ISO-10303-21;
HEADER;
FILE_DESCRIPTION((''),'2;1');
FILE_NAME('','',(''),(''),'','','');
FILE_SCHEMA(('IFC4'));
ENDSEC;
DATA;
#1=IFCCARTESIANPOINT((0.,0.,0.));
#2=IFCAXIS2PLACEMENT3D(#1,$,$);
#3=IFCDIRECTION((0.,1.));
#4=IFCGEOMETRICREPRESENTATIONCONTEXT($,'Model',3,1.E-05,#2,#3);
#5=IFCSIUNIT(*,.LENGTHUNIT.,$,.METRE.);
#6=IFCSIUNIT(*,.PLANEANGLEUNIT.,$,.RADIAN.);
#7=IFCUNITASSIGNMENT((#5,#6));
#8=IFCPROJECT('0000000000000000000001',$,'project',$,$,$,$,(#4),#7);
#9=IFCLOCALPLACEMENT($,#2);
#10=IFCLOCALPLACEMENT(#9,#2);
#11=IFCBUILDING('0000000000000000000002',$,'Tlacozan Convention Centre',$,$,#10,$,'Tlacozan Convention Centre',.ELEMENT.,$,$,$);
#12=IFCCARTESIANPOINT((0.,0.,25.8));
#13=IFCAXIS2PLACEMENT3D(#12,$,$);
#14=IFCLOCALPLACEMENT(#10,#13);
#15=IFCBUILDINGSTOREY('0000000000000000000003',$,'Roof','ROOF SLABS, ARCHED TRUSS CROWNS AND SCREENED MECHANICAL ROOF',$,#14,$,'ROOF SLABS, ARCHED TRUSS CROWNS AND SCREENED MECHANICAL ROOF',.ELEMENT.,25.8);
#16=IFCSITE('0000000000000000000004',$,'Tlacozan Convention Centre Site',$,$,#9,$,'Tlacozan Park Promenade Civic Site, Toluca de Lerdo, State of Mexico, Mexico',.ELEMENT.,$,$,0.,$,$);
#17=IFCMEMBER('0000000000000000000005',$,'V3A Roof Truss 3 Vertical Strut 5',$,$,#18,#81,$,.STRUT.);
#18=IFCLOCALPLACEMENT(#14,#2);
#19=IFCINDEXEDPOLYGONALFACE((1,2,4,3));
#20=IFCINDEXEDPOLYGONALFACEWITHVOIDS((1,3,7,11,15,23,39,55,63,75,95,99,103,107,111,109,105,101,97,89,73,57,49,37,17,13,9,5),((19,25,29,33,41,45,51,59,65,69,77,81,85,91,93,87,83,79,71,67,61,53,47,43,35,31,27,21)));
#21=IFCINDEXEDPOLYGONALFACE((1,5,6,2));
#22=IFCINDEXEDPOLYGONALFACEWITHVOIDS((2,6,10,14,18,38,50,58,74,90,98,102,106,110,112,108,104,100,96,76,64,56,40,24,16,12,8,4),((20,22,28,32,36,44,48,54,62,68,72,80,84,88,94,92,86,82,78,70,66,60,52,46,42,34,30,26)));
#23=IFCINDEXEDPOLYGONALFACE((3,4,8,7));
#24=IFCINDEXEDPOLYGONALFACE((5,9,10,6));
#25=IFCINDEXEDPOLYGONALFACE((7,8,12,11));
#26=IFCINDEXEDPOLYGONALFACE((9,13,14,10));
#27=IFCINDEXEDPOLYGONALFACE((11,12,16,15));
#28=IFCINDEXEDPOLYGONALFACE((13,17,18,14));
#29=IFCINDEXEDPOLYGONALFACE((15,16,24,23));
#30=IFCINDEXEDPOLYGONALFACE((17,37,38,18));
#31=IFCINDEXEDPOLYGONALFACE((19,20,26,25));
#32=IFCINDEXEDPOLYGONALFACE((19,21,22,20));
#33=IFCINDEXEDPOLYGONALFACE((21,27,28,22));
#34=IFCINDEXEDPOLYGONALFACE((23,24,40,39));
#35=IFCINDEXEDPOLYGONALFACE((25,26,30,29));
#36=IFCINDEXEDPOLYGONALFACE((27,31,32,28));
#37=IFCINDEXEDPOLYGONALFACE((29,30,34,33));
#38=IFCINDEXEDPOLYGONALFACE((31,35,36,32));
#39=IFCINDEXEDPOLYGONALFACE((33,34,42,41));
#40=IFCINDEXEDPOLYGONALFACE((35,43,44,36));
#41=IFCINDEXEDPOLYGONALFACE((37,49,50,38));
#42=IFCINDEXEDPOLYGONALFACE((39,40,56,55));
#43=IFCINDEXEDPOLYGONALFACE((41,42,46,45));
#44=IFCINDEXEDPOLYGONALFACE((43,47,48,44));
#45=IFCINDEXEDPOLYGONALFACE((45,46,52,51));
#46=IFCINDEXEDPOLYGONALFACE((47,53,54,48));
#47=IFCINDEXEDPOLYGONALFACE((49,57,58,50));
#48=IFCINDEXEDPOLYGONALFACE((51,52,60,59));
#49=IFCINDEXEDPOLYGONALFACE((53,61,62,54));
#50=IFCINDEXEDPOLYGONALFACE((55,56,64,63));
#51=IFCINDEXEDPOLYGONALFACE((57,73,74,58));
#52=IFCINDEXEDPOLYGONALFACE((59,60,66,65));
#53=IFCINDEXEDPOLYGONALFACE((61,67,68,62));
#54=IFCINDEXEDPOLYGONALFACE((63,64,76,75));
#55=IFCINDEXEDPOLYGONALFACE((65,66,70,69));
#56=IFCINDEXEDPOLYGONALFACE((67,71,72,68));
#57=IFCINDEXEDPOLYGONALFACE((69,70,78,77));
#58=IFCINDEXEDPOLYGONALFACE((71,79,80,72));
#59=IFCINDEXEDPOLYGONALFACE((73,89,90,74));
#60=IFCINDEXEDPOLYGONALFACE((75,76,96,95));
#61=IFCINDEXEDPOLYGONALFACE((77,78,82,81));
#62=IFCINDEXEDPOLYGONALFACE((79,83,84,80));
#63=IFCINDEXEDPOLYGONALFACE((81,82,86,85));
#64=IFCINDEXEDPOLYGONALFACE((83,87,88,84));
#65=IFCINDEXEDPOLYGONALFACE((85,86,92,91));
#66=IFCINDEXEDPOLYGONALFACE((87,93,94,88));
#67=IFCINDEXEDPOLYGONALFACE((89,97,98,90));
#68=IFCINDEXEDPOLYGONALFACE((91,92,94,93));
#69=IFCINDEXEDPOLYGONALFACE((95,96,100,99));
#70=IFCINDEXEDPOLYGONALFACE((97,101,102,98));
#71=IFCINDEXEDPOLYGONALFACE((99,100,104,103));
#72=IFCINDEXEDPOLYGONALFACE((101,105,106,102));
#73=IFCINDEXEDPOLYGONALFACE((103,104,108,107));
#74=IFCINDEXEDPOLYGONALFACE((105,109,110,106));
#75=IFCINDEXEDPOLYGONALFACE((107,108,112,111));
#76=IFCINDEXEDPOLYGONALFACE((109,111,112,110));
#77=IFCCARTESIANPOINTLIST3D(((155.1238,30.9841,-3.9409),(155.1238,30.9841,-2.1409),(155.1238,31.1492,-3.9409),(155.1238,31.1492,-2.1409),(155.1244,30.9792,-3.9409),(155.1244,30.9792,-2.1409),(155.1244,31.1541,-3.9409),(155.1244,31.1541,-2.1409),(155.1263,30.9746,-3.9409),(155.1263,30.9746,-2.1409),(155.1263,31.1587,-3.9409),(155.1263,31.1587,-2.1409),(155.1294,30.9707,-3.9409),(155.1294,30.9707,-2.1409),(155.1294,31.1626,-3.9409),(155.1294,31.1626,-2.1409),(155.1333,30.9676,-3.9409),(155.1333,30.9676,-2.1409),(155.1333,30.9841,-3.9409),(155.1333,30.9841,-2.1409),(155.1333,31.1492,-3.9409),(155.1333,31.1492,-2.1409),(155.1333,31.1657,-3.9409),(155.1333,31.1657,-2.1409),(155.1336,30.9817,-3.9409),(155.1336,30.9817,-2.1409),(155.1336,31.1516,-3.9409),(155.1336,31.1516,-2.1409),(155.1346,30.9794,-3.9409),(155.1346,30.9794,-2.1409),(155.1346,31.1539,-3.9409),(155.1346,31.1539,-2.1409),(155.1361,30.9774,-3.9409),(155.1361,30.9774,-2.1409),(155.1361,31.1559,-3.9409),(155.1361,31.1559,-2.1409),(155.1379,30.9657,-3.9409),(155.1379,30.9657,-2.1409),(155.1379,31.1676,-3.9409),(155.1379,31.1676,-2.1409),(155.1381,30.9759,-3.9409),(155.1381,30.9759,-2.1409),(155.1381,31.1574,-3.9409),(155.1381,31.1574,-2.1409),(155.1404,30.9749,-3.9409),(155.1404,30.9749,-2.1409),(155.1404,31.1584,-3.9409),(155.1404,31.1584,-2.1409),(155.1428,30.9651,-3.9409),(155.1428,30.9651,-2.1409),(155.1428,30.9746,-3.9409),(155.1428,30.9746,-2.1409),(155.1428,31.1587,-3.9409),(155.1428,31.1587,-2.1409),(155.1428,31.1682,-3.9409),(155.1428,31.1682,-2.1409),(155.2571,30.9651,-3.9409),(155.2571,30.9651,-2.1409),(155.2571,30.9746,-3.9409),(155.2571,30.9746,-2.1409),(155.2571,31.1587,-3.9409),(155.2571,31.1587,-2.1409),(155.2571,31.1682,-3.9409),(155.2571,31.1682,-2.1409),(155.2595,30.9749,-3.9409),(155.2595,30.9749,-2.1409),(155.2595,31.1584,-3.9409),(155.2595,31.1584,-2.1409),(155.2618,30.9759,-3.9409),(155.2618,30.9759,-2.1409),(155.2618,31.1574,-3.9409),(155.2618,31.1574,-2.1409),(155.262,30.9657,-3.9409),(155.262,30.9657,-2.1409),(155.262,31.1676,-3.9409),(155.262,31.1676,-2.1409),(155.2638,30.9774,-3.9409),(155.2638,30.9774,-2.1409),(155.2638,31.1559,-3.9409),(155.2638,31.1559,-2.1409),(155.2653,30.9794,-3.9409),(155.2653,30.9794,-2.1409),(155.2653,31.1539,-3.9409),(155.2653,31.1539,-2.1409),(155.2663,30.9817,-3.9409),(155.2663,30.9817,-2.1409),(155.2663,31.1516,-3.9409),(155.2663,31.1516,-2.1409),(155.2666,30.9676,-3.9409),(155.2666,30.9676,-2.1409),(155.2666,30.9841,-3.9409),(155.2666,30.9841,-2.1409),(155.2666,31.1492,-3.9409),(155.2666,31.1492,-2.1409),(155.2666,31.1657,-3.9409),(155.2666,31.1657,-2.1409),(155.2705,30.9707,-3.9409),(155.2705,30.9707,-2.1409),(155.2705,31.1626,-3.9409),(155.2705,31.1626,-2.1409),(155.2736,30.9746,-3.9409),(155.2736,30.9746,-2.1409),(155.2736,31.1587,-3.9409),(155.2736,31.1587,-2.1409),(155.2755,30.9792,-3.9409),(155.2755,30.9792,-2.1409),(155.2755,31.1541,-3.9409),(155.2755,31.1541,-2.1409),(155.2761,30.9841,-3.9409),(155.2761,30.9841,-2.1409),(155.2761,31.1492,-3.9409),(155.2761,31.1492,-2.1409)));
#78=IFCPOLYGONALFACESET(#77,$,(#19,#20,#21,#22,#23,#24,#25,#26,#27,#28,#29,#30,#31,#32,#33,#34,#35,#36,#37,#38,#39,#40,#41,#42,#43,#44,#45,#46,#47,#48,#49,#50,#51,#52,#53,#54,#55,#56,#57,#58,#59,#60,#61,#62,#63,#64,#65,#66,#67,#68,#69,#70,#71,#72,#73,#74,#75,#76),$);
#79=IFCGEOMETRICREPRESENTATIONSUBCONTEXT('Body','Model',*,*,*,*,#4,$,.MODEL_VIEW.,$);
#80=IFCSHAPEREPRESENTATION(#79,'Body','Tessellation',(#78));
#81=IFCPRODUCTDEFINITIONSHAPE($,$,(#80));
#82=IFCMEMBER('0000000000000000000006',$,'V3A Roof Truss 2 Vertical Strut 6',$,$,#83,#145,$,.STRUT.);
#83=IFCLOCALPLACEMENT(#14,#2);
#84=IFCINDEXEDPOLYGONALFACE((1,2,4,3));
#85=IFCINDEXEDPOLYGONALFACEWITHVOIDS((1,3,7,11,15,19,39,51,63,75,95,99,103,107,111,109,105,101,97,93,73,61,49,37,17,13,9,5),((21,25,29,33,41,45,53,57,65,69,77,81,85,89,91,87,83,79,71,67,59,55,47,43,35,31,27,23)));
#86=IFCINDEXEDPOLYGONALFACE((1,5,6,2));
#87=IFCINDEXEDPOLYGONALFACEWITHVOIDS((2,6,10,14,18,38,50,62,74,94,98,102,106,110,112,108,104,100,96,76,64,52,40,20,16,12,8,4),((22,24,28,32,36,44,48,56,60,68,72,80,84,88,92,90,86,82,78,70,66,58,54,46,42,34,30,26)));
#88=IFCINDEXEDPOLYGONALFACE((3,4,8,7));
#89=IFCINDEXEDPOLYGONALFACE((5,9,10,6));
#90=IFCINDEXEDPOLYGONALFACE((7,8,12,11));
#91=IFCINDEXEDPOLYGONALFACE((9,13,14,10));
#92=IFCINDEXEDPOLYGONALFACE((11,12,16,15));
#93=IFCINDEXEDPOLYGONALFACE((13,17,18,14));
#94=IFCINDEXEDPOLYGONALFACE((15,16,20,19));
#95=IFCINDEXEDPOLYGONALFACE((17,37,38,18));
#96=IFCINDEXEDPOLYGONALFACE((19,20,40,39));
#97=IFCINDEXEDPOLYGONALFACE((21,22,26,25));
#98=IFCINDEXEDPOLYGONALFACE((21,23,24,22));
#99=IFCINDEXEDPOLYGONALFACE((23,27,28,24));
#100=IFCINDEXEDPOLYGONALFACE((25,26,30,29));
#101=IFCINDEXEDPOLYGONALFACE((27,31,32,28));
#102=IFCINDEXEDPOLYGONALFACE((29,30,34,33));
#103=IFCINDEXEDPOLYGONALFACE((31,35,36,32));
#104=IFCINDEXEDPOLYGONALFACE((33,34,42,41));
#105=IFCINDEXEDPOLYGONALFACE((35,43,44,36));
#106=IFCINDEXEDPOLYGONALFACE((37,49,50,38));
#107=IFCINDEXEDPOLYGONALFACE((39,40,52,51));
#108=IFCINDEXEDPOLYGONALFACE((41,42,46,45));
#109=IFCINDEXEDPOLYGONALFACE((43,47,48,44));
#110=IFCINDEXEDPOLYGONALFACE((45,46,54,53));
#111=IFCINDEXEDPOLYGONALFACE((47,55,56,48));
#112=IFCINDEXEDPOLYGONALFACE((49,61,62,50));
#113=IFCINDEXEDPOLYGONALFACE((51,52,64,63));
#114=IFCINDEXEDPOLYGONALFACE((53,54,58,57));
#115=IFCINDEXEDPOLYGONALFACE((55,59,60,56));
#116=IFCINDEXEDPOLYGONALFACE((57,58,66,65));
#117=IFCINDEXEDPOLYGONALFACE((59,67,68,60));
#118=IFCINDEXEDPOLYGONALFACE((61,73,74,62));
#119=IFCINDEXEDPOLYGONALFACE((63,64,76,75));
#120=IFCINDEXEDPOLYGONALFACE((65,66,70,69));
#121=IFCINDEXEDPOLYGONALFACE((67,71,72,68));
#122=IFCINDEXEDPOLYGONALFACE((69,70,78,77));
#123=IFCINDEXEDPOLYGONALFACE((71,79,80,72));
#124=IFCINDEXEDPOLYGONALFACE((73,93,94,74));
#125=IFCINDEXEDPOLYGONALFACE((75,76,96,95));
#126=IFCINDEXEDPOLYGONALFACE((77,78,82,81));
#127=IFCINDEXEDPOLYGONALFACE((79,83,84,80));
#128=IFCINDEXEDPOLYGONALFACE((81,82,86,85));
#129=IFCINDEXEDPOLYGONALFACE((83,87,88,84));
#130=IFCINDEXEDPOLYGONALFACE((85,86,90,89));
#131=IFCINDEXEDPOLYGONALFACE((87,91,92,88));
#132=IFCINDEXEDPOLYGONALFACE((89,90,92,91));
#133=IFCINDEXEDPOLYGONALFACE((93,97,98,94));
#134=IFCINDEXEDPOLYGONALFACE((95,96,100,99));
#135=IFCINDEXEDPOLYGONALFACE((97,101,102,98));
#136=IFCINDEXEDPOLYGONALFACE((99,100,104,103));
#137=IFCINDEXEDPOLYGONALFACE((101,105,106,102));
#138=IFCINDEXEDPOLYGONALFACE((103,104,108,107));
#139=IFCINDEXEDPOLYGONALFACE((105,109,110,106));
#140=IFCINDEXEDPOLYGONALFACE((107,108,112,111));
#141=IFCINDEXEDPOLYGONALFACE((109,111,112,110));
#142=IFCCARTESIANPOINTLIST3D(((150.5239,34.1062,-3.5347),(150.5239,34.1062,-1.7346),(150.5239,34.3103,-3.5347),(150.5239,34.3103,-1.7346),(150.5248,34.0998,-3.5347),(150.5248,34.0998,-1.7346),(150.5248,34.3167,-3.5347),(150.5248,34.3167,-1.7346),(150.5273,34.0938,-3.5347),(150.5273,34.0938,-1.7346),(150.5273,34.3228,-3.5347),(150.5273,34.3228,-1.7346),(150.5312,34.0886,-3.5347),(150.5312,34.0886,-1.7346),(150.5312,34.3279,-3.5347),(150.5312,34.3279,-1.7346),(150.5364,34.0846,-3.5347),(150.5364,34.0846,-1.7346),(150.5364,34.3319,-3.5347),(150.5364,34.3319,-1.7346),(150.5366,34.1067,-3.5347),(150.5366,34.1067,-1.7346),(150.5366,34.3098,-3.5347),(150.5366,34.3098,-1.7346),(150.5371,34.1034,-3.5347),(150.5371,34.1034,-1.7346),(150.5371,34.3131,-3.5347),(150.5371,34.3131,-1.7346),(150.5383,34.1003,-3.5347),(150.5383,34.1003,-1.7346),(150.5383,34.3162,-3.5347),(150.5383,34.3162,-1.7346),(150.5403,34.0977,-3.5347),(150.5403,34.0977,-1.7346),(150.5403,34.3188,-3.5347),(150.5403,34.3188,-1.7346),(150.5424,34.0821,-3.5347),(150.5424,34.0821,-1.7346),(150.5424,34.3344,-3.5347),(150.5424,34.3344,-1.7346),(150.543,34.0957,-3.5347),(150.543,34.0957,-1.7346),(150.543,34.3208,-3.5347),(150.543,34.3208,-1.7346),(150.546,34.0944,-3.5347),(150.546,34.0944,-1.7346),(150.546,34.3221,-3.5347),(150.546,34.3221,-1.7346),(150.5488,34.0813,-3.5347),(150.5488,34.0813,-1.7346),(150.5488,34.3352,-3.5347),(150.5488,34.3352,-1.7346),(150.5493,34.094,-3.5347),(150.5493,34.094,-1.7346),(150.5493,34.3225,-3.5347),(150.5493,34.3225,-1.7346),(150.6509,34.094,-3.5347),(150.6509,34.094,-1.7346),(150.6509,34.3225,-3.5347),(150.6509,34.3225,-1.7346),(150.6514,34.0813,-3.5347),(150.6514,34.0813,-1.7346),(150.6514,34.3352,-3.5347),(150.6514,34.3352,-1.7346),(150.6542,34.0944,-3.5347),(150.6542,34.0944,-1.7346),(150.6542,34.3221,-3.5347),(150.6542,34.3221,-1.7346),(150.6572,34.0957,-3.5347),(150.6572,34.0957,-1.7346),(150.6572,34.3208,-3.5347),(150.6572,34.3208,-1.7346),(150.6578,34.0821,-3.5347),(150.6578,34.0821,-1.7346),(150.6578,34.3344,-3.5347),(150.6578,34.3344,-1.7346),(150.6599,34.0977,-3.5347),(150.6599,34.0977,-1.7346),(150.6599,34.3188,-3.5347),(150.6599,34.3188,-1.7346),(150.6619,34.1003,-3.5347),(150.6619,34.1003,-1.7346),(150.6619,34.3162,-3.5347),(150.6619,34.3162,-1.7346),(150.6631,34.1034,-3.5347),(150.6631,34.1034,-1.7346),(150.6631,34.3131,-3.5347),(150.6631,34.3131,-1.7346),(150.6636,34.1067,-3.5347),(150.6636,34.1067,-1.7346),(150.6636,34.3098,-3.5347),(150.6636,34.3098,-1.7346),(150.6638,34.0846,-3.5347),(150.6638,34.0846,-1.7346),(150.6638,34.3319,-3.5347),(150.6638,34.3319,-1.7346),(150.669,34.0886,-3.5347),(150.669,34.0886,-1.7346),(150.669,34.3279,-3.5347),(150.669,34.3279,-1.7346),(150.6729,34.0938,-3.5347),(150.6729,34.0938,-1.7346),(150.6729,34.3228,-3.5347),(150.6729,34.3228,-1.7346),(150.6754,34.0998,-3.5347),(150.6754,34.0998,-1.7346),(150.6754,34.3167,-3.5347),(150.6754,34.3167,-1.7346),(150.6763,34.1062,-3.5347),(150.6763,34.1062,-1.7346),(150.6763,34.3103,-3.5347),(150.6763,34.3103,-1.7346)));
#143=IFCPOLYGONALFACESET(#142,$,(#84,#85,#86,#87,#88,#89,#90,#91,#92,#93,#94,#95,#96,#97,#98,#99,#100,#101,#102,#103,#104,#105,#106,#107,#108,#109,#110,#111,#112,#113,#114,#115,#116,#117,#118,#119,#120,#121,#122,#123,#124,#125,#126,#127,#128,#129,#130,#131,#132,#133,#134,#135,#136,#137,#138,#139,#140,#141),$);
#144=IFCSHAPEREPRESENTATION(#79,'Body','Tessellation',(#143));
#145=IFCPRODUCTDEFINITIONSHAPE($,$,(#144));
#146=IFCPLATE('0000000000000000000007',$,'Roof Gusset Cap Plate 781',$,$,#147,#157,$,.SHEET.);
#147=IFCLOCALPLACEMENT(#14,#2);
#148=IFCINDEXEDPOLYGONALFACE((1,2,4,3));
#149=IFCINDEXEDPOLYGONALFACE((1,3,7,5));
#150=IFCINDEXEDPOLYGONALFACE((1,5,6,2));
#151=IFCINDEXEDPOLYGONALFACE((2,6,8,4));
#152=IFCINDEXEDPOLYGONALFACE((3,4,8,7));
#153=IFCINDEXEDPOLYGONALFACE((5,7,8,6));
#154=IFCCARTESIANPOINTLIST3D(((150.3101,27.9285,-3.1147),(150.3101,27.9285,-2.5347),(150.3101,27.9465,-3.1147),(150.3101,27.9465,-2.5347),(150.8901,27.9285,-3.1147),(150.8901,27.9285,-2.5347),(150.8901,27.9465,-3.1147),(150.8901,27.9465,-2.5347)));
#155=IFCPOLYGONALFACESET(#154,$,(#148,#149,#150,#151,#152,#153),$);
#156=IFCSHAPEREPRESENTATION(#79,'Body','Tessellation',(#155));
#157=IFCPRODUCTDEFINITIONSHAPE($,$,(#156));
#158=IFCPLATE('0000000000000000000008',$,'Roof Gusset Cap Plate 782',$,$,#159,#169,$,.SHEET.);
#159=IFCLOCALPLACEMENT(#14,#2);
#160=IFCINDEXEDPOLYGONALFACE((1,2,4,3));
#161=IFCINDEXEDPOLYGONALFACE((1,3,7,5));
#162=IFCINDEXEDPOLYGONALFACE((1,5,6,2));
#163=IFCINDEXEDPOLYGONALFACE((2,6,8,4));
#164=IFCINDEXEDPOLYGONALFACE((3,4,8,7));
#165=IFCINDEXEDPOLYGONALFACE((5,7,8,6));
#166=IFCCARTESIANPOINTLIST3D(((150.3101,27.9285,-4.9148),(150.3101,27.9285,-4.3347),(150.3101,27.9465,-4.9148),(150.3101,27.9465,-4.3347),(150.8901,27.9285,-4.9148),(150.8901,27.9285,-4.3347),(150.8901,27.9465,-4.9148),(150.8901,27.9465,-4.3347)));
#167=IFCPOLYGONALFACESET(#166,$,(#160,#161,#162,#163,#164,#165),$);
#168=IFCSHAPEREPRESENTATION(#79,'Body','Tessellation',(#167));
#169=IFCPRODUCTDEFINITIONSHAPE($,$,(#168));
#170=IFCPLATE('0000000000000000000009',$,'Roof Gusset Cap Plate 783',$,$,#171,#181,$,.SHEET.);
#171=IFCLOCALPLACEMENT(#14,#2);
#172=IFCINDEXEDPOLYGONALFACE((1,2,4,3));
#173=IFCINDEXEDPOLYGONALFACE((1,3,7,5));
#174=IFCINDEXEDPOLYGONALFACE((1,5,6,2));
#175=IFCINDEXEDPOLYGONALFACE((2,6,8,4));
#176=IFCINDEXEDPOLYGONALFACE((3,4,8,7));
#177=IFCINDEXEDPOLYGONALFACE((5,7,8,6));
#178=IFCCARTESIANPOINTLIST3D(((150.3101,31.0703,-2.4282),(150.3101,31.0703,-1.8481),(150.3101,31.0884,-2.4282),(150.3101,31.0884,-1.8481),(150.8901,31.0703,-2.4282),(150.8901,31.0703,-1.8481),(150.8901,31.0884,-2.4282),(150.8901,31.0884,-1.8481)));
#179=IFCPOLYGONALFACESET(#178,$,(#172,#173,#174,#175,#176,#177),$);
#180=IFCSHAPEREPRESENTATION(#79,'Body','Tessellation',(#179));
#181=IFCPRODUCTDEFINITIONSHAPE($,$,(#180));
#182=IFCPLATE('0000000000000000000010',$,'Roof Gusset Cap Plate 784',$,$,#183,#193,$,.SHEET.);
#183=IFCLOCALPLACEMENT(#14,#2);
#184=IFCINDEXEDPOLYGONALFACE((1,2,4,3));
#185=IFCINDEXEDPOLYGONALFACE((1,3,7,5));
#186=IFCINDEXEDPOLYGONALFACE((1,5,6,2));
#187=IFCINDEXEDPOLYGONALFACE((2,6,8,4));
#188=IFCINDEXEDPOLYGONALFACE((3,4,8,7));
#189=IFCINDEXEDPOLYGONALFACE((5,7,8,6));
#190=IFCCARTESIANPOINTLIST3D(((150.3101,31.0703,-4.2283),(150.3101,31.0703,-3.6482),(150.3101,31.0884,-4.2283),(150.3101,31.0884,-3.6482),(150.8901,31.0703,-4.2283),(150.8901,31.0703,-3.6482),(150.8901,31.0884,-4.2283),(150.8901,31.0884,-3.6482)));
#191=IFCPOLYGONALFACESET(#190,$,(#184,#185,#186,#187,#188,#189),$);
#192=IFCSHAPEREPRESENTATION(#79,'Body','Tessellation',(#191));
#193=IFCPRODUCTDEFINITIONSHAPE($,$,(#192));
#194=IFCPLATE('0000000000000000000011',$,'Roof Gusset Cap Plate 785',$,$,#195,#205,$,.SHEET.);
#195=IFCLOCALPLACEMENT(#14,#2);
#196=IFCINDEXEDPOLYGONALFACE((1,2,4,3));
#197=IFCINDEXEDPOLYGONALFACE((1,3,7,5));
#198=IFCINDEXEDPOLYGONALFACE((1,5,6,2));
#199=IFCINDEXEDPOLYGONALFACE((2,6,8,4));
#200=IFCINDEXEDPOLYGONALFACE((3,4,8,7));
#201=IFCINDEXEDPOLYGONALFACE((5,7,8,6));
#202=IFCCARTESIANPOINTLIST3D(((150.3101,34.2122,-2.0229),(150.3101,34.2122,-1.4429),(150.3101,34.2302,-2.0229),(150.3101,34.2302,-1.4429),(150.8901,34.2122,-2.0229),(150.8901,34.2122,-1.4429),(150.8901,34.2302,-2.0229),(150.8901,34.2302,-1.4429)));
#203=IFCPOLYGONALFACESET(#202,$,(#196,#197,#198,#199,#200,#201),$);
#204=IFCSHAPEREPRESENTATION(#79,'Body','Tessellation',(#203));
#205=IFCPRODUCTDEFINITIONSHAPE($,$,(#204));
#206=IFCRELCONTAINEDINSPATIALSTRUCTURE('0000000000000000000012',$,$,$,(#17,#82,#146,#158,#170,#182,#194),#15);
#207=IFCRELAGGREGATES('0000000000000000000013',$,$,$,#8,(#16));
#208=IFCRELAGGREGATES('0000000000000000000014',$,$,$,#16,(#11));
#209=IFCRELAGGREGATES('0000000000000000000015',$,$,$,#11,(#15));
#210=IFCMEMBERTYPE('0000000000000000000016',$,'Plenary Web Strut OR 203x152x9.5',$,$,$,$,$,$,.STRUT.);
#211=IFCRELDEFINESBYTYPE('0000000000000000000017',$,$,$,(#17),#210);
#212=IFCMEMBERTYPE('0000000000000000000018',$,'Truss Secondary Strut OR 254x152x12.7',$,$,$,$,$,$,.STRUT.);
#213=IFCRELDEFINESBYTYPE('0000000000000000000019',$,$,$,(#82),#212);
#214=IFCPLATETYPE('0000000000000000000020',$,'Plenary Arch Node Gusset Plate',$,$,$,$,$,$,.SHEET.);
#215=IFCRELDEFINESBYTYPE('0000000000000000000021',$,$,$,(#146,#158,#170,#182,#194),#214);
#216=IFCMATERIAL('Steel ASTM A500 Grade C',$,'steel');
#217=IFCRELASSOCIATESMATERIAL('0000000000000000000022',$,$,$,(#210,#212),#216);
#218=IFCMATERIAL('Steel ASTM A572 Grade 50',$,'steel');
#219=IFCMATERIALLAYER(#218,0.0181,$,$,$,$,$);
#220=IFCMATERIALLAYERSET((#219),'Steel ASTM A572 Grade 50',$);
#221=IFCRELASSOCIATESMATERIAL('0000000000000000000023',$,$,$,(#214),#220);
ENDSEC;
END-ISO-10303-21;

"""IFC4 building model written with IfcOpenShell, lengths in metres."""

from ifc_helpers import new_model, si_unit, direction, frame, origin, origin_2d, place, context, subcontext, project, spatial, rectangle, hollow_rectangle, extrude, material, layer, layer_set, material_profile, profile_set, type_object, element, save


model = new_model("IFC4")

# Units and contexts
model_context = context("Model", 3, precision=1e-05, world=origin(), true_north=direction((0.0, 1.0)))
body_context = subcontext(model_context, "Body", "Model", "MODEL_VIEW")
ifc_project = project(units=[si_unit("LENGTHUNIT", "METRE"), si_unit("PLANEANGLEUNIT", "RADIAN")], contexts=[model_context])

# Site, building, storey
site_placement = place(None, origin())
site = spatial("IfcSite", under=ifc_project, at=site_placement, Name="Tlacozan Convention Centre Site", LongName="Tlacozan Park Promenade Civic Site, Toluca de Lerdo, State of Mexico, Mexico", CompositionType="ELEMENT", RefElevation=0.0)
building_placement = place(site_placement, origin())
building = spatial("IfcBuilding", under=site, at=building_placement, Name="Tlacozan Convention Centre", LongName="Tlacozan Convention Centre", CompositionType="ELEMENT")
storey_placement = place(building_placement, frame((0.0, 0.0, 25.8)))
storey = spatial("IfcBuildingStorey", under=building, at=storey_placement, Name="Roof", Description="ROOF SLABS, ARCHED TRUSS CROWNS AND SCREENED MECHANICAL ROOF", LongName="ROOF SLABS, ARCHED TRUSS CROWNS AND SCREENED MECHANICAL ROOF", CompositionType="ELEMENT", Elevation=25.8)

# Members
ifc_material_1 = material(Name="Steel ASTM A500 Grade C", Category="steel")
ifc_material_profile_1 = material_profile(ifc_material_1, hollow_rectangle(XDim=0.1523, YDim=0.2031, WallThickness=0.0095, InnerFilletRadius=0.0095, OuterFilletRadius=0.019, at=origin_2d()), Name="OR 203x152x9.5")
ifc_profile_set_1 = profile_set([ifc_material_profile_1], Name="Steel ASTM A500 Grade C")
member_type_1 = type_object("IfcMemberType", Name="Plenary Web Strut OR 203x152x9.5", PredefinedType="STRUT", material=ifc_profile_set_1)
for number, where, z_axis, x_axis, name in (
    (1, (155.2, 31.0667, -3.9409), (0.0, 0.0, 1.0), (1.0, 0.0, 0.0), "V3A Roof Truss 3 Vertical Strut 5"),
):
    element("IfcMember", number, at=place(storey_placement, frame(where, z_axis=z_axis, x_axis=x_axis)), inside=storey, type_object=member_type_1, Name=name, PredefinedType="STRUT", context=body_context, shape_type="SweptSolid", body=[
        extrude(hollow_rectangle(XDim=0.1523, YDim=0.2031, WallThickness=0.0095, InnerFilletRadius=0.0095, OuterFilletRadius=0.019, at=origin_2d()), origin(), (0.0, 0.0, 1.0), 1.8),
    ])
ifc_material_profile_2 = material_profile(ifc_material_1, hollow_rectangle(XDim=0.1523, YDim=0.2539, WallThickness=0.0127, InnerFilletRadius=0.0127, OuterFilletRadius=0.0249, at=origin_2d()), Name="OR 254x152x12.7")
ifc_profile_set_2 = profile_set([ifc_material_profile_2], Name="Steel ASTM A500 Grade C")
member_type_2 = type_object("IfcMemberType", Name="Truss Secondary Strut OR 254x152x12.7", PredefinedType="STRUT", material=ifc_profile_set_2)
member_1_placement = place(storey_placement, frame((150.6001, 34.2083, -3.5347), z_axis=(0.0, 0.0, 1.0), x_axis=(1.0, 0.0, 0.0)))
element("IfcMember", 2, at=member_1_placement, inside=storey, type_object=member_type_2, Name="V3A Roof Truss 2 Vertical Strut 6", PredefinedType="STRUT", context=body_context, shape_type="SweptSolid", body=[
    extrude(hollow_rectangle(XDim=0.1523, YDim=0.2539, WallThickness=0.0127, InnerFilletRadius=0.0127, OuterFilletRadius=0.0249, at=origin_2d()), origin(), (0.0, 0.0, 1.0), 1.8),
])

# Plates
ifc_material_2 = material(Name="Steel ASTM A572 Grade 50", Category="steel")
ifc_layer = layer(ifc_material_2, 0.0181)
ifc_layer_set = layer_set([ifc_layer], Name="Steel ASTM A572 Grade 50")
plate_type = type_object("IfcPlateType", Name="Plenary Arch Node Gusset Plate", PredefinedType="SHEET", material=ifc_layer_set)
for number, where, z_axis, x_axis, name in (
    (3, (150.6001, 27.9375, -3.1147), (0.0, 0.0, 1.0), (0.0, 1.0, 0.0), "Roof Gusset Cap Plate 781"),
    (4, (150.6001, 27.9375, -4.9148), (0.0, 0.0, 1.0), (0.0, 1.0, 0.0), "Roof Gusset Cap Plate 782"),
    (5, (150.6001, 31.0793, -2.4282), (0.0, 0.0, 1.0), (0.0, 1.0, 0.0), "Roof Gusset Cap Plate 783"),
    (6, (150.6001, 31.0793, -4.2283), (0.0, 0.0, 1.0), (0.0, 1.0, 0.0), "Roof Gusset Cap Plate 784"),
    (7, (150.6001, 34.2212, -2.0229), (0.0, 0.0, 1.0), (0.0, 1.0, 0.0), "Roof Gusset Cap Plate 785"),
):
    element("IfcPlate", number, at=place(storey_placement, frame(where, z_axis=z_axis, x_axis=x_axis)), inside=storey, type_object=plate_type, Name=name, PredefinedType="SHEET", context=body_context, shape_type="SweptSolid", body=[
        extrude(rectangle(XDim=0.0181, YDim=0.5801, at=origin_2d()), origin(), (0.0, 0.0, 1.0), 0.5801),
    ])

save(model, "model.ifc")
